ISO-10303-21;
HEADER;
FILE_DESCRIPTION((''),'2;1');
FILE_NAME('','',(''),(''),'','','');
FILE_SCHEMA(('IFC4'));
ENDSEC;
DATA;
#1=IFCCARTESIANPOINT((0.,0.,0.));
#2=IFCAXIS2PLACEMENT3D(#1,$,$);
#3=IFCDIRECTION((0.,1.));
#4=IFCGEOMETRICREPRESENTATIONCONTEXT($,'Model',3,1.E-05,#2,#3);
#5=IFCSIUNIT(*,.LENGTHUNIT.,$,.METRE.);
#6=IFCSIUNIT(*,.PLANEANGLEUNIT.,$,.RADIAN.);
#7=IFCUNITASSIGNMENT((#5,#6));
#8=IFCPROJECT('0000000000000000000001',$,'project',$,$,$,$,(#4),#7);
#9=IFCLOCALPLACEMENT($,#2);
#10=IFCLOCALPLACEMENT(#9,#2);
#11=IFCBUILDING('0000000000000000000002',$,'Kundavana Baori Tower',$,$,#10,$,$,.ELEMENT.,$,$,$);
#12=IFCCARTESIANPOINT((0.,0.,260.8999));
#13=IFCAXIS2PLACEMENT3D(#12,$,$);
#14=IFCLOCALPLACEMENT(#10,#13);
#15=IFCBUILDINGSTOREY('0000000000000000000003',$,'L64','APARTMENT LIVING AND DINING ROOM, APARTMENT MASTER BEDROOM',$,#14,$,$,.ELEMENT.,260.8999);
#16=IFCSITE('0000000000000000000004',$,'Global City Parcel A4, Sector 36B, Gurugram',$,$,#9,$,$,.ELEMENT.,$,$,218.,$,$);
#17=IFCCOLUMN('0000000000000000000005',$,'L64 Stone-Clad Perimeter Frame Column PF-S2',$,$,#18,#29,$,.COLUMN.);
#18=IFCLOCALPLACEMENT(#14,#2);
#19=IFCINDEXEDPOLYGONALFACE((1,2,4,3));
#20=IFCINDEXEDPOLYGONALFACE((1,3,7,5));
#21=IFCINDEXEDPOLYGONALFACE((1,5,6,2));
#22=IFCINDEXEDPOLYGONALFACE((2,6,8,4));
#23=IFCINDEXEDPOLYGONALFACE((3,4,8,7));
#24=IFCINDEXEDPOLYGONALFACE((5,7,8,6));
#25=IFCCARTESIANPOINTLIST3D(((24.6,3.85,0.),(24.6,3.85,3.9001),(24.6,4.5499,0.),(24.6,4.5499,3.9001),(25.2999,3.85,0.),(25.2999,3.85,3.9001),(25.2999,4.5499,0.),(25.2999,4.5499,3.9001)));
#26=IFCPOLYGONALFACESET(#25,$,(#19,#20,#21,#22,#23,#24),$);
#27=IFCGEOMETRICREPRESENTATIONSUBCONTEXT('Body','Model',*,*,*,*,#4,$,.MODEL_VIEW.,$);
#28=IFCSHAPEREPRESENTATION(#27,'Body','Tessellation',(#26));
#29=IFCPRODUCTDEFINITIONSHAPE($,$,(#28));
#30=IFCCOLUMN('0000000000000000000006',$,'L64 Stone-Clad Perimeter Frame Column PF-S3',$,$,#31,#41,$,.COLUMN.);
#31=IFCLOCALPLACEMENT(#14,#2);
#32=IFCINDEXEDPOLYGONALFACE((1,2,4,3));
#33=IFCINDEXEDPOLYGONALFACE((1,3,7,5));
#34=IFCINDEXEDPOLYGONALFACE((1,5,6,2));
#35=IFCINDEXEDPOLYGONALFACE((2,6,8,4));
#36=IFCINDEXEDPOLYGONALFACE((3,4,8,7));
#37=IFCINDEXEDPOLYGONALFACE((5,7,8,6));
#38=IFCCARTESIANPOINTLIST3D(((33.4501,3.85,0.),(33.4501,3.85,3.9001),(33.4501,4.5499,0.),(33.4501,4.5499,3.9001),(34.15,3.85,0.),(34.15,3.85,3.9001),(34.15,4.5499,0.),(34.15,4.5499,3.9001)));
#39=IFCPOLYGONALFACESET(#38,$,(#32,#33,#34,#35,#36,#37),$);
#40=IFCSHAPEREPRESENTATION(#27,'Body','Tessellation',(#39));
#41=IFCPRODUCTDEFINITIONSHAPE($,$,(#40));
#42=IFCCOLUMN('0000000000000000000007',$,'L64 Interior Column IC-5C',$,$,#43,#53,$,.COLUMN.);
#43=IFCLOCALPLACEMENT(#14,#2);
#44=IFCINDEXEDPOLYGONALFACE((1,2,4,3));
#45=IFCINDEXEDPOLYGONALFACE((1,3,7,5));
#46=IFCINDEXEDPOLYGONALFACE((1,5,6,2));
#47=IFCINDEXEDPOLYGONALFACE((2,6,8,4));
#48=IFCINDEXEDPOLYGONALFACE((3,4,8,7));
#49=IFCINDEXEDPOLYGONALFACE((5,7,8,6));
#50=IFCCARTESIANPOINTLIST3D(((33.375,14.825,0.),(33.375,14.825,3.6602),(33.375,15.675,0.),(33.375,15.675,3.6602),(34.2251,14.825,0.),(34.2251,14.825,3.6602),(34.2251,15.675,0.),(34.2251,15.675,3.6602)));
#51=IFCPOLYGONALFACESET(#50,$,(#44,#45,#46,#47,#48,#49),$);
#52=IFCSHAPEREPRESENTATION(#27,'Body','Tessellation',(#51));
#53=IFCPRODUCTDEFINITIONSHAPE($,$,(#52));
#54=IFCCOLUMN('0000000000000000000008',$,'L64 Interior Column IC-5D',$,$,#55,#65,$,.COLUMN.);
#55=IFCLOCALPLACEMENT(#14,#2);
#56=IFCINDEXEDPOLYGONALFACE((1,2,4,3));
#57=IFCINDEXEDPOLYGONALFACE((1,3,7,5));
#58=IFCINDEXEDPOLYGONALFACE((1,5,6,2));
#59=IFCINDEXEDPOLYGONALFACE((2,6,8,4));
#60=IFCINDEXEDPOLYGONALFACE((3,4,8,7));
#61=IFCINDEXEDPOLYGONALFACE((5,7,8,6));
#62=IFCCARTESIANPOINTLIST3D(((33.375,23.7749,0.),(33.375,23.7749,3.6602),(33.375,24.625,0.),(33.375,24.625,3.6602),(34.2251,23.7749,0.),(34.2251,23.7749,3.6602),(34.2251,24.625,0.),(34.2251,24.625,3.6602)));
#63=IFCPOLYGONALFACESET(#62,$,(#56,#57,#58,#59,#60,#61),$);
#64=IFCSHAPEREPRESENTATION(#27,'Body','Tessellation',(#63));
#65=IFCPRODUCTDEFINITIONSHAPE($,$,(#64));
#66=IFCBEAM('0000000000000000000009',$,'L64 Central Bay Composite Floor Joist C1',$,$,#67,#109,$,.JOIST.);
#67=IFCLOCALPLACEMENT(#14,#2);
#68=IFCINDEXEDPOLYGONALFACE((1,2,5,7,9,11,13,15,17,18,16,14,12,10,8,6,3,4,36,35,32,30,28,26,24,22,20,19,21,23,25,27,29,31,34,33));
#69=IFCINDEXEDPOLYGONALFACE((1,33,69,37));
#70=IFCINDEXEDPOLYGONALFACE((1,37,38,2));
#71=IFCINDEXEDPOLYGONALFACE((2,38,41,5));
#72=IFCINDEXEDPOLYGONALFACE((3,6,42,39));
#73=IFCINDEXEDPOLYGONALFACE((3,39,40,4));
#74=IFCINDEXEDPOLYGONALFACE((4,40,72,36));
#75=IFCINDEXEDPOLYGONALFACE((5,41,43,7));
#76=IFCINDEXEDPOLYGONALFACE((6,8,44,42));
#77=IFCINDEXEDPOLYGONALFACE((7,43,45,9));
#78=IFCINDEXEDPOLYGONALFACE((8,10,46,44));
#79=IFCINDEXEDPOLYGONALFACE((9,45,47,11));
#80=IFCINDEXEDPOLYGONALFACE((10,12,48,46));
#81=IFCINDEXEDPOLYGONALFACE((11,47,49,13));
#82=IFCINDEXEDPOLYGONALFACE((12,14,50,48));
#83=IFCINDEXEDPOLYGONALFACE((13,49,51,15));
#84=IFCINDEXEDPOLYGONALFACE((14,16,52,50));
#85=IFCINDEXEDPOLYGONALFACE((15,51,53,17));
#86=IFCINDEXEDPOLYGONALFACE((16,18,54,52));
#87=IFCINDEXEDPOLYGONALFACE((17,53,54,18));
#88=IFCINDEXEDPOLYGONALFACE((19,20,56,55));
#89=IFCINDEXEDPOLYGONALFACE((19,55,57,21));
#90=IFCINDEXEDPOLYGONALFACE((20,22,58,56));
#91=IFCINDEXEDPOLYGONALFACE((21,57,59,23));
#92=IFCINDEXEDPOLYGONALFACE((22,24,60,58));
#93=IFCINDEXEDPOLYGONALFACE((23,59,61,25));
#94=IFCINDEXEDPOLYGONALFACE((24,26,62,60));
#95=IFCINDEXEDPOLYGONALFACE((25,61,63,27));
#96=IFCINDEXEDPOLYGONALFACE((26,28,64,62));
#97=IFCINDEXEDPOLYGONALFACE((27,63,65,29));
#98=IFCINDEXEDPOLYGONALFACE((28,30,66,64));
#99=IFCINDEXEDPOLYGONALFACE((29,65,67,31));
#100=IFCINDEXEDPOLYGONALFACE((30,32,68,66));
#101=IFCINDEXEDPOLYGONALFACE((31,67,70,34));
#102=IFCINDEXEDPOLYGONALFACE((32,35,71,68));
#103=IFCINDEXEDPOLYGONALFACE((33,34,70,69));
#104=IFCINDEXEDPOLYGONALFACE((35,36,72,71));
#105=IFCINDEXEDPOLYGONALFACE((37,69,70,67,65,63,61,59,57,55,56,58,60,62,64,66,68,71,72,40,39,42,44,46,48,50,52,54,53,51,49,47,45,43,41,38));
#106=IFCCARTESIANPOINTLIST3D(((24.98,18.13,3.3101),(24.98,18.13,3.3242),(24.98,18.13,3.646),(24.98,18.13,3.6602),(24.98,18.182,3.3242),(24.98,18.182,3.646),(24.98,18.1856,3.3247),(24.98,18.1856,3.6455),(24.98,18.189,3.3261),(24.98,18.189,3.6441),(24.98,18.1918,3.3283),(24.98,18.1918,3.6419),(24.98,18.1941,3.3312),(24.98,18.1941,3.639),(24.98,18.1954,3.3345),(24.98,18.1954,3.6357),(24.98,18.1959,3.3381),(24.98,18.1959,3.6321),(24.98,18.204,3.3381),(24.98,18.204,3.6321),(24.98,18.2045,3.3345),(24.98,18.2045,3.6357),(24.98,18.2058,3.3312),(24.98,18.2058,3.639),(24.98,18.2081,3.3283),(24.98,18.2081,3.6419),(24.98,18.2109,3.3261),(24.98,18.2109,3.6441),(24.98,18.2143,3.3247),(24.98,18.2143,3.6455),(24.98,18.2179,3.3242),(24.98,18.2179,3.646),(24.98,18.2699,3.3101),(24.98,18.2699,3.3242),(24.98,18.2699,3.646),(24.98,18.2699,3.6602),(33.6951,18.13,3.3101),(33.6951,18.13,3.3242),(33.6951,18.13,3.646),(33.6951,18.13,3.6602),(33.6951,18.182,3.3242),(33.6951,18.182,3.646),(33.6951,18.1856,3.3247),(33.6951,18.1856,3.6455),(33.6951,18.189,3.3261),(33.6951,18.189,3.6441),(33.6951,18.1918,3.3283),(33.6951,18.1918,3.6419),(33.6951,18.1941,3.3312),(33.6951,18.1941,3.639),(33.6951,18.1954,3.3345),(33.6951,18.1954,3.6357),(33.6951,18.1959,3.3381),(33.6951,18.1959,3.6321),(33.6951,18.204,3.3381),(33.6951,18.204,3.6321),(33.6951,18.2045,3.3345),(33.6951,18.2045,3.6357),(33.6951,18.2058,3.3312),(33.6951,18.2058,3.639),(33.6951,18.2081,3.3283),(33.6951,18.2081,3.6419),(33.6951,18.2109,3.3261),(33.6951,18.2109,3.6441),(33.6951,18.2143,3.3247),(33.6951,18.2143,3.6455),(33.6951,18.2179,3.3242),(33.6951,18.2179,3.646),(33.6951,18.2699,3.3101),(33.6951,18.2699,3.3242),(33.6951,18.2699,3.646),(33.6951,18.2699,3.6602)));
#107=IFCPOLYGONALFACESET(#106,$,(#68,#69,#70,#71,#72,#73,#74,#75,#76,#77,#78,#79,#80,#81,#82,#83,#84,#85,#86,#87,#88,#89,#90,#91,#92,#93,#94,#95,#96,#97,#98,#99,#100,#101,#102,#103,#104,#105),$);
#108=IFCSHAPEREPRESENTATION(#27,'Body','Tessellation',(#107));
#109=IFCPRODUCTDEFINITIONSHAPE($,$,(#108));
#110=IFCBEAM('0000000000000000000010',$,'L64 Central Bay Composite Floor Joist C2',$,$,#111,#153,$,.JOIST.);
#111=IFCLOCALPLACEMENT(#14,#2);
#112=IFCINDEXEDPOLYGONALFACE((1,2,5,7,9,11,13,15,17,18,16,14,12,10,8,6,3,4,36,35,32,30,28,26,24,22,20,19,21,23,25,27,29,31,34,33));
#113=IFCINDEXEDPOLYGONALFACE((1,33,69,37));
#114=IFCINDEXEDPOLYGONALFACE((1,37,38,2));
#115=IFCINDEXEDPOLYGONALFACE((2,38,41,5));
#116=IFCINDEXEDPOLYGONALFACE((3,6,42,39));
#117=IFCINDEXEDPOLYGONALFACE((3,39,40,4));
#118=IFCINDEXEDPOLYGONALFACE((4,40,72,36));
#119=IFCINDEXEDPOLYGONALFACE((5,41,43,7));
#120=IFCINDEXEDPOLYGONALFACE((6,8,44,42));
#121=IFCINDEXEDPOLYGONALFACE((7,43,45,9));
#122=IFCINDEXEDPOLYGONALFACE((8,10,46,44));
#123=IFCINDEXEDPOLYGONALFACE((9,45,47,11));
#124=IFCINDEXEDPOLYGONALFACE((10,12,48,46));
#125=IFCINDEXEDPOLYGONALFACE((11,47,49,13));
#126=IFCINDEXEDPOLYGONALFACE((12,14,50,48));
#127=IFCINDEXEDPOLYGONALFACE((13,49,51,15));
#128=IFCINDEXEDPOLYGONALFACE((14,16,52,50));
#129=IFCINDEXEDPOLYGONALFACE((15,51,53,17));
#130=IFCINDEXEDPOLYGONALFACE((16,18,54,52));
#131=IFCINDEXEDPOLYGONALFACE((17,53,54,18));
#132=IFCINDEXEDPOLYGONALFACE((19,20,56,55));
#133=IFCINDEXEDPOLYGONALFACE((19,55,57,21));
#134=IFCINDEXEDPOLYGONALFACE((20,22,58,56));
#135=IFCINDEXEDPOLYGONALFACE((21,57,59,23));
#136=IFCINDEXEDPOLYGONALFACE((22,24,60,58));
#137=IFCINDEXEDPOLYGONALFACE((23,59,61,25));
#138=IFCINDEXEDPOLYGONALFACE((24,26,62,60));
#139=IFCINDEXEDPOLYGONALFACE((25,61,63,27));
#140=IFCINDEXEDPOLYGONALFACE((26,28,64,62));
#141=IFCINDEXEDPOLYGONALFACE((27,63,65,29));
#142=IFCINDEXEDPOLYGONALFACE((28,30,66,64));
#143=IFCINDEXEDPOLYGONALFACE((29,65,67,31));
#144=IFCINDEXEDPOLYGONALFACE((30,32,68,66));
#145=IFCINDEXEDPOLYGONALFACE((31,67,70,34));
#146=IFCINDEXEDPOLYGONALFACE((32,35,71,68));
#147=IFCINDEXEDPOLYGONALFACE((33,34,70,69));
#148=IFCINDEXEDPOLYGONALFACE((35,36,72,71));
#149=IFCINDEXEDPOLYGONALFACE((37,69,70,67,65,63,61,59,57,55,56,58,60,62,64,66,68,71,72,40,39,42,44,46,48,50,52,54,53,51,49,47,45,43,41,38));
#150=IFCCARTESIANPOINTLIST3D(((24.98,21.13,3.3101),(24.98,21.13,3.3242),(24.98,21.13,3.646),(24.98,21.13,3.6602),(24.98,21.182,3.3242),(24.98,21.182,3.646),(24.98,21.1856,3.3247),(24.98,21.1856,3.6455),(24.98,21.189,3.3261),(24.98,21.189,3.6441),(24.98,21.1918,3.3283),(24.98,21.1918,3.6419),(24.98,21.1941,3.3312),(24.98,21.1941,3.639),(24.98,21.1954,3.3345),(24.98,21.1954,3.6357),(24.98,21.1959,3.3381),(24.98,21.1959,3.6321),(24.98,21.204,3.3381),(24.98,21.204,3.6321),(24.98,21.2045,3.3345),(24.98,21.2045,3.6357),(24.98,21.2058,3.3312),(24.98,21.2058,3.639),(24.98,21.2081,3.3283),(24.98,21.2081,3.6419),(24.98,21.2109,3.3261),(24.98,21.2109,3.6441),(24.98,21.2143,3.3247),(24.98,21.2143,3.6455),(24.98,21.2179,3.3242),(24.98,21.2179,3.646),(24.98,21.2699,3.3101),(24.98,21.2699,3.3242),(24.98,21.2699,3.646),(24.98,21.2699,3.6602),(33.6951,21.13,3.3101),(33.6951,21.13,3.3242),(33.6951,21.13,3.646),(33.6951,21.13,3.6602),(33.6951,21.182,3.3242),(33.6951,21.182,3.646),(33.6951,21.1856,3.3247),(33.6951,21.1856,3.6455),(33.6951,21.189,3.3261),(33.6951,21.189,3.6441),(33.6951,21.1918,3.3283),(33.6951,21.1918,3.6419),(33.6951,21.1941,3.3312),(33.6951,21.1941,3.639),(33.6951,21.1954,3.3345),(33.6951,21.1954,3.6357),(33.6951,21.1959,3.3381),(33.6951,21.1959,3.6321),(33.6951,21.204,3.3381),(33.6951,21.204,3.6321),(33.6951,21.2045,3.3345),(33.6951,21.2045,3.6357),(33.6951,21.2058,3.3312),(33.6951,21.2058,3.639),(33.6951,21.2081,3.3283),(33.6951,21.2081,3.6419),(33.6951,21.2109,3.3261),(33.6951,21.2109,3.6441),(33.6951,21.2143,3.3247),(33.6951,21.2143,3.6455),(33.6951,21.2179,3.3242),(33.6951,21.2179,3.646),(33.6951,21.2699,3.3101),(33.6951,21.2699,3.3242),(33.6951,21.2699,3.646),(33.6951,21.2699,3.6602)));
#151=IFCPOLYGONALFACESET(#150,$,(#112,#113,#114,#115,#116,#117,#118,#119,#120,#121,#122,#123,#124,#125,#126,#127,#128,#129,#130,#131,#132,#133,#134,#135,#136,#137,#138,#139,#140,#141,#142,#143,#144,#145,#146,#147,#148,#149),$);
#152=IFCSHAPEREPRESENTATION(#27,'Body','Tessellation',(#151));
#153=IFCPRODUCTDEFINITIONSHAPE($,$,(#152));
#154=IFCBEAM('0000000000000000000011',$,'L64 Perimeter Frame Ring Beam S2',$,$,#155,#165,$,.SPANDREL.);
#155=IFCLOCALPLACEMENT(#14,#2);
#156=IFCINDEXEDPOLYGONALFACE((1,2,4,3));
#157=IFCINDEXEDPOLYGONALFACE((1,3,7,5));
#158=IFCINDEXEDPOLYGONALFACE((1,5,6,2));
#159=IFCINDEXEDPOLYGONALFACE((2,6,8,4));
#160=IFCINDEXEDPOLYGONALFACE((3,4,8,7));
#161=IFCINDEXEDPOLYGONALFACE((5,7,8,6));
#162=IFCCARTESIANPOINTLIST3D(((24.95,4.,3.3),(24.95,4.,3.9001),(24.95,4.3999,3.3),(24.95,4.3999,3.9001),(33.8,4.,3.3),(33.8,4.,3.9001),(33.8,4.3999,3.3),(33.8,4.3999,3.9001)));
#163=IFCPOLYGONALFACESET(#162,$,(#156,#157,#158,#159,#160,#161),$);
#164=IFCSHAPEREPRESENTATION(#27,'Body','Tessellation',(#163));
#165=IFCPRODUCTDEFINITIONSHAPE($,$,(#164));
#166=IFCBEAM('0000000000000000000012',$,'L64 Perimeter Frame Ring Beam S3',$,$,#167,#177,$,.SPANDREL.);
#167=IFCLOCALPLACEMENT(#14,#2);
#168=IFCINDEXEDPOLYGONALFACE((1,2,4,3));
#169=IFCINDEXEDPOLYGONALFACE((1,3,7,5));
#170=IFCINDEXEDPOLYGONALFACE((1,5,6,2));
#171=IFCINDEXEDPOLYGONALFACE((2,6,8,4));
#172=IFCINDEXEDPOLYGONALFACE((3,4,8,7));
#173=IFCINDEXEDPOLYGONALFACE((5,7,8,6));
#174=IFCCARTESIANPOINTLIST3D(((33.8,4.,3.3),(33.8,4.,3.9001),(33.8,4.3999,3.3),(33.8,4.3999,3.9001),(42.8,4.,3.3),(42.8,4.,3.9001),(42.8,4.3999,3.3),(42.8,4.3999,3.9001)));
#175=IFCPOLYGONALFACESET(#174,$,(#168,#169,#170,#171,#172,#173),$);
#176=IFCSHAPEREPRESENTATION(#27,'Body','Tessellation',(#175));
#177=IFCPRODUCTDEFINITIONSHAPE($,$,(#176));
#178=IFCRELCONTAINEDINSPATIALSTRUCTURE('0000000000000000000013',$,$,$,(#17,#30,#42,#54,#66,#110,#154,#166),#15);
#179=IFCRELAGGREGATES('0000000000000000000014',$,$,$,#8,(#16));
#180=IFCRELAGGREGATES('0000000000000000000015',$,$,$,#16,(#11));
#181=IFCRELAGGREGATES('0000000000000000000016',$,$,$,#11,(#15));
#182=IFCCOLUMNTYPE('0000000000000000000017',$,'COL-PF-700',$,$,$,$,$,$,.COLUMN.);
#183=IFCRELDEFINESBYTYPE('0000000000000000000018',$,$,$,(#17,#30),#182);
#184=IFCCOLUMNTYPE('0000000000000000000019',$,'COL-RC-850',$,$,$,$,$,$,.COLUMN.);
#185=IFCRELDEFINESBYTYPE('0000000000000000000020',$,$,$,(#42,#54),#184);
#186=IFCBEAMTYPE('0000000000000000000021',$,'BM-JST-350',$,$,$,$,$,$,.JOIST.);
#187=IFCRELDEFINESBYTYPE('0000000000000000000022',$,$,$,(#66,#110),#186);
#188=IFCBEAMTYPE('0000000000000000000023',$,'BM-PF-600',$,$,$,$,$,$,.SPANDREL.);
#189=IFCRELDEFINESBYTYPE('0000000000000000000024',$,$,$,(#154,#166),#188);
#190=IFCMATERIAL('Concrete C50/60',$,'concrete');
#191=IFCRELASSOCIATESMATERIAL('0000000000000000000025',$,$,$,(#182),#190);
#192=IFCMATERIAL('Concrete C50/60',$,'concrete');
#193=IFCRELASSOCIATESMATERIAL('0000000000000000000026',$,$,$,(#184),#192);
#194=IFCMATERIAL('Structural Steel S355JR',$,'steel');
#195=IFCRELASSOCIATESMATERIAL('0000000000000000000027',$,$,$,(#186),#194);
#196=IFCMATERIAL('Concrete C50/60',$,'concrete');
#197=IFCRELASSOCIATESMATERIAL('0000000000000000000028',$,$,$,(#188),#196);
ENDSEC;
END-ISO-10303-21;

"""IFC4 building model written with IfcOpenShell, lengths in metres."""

from ifc_helpers import new_model, si_unit, direction, frame, origin, origin_2d, place, context, subcontext, project, spatial, rectangle, i_section, extrude, material, material_profile, profile_set, type_object, element, save


model = new_model("IFC4")

# Units and contexts
model_context = context("Model", 3, precision=1e-05, world=origin(), true_north=direction((0.0, 1.0)))
body_context = subcontext(model_context, "Body", "Model", "MODEL_VIEW")
ifc_project = project(units=[si_unit("LENGTHUNIT", "METRE"), si_unit("PLANEANGLEUNIT", "RADIAN")], contexts=[model_context])

# Site, building, storey
site_placement = place(None, origin())
site = spatial("IfcSite", under=ifc_project, at=site_placement, Name="Global City Parcel A4, Sector 36B, Gurugram", CompositionType="ELEMENT", RefElevation=218.0)
building_placement = place(site_placement, origin())
building = spatial("IfcBuilding", under=site, at=building_placement, Name="Kundavana Baori Tower", CompositionType="ELEMENT")
storey_placement = place(building_placement, frame((0.0, 0.0, 260.8999)))
storey = spatial("IfcBuildingStorey", under=building, at=storey_placement, Name="L64", Description="APARTMENT LIVING AND DINING ROOM, APARTMENT MASTER BEDROOM", CompositionType="ELEMENT", Elevation=260.8999)

# Columns
ifc_material_1 = material(Name="Concrete C50/60", Category="concrete")
ifc_material_profile_1 = material_profile(ifc_material_1, rectangle(XDim=0.7, YDim=0.7, at=origin_2d()), Name="RC PF 700x700")
ifc_profile_set_1 = profile_set([ifc_material_profile_1], Name="Concrete C50/60")
column_type_1 = type_object("IfcColumnType", Name="COL-PF-700", PredefinedType="COLUMN", material=ifc_profile_set_1)
for number, where, z_axis, x_axis, name in (
    (1, (24.95, 4.2, 0.0), (0.0, 0.0, 1.0), (1.0, 0.0, 0.0), "L64 Stone-Clad Perimeter Frame Column PF-S2"),
    (2, (33.8, 4.2, 0.0), (0.0, 0.0, 1.0), (1.0, 0.0, 0.0), "L64 Stone-Clad Perimeter Frame Column PF-S3"),
):
    element("IfcColumn", number, at=place(storey_placement, frame(where, z_axis=z_axis, x_axis=x_axis)), inside=storey, type_object=column_type_1, Name=name, PredefinedType="COLUMN", context=body_context, shape_type="SweptSolid", body=[
        extrude(rectangle(XDim=0.7, YDim=0.7, at=origin_2d()), origin(), (0.0, 0.0, 1.0), 3.9001),
    ])
ifc_material_2 = material(Name="Concrete C50/60", Category="concrete")
ifc_material_profile_2 = material_profile(ifc_material_2, rectangle(XDim=0.8501, YDim=0.8501, at=origin_2d()), Name="RC 850x850")
ifc_profile_set_2 = profile_set([ifc_material_profile_2], Name="Concrete C50/60")
column_type_2 = type_object("IfcColumnType", Name="COL-RC-850", PredefinedType="COLUMN", material=ifc_profile_set_2)
for number, where, z_axis, x_axis, name in (
    (3, (33.8, 15.25, 0.0), (0.0, 0.0, 1.0), (1.0, 0.0, 0.0), "L64 Interior Column IC-5C"),
    (4, (33.8, 24.2, 0.0), (0.0, 0.0, 1.0), (1.0, 0.0, 0.0), "L64 Interior Column IC-5D"),
):
    element("IfcColumn", number, at=place(storey_placement, frame(where, z_axis=z_axis, x_axis=x_axis)), inside=storey, type_object=column_type_2, Name=name, PredefinedType="COLUMN", context=body_context, shape_type="SweptSolid", body=[
        extrude(rectangle(XDim=0.8501, YDim=0.8501, at=origin_2d()), origin(), (0.0, 0.0, 1.0), 3.6602),
    ])

# Beams
ifc_material_3 = material(Name="Structural Steel S355JR", Category="steel")
ifc_material_profile_3 = material_profile(ifc_material_3, i_section(OverallWidth=0.1399, OverallDepth=0.3501, WebThickness=0.0081, FlangeThickness=0.0142, FilletRadius=0.0139, at=origin_2d()), Name="ISMB 350")
ifc_profile_set_3 = profile_set([ifc_material_profile_3], Name="Structural Steel S355JR")
beam_type_1 = type_object("IfcBeamType", Name="BM-JST-350", PredefinedType="JOIST", material=ifc_profile_set_3)
for number, where, z_axis, x_axis, name in (
    (5, (24.98, 18.2, 3.4851), (1.0, 0.0, 0.0), (0.0, 1.0, 0.0), "L64 Central Bay Composite Floor Joist C1"),
    (6, (24.98, 21.2, 3.4851), (1.0, 0.0, 0.0), (0.0, 1.0, 0.0), "L64 Central Bay Composite Floor Joist C2"),
):
    element("IfcBeam", number, at=place(storey_placement, frame(where, z_axis=z_axis, x_axis=x_axis)), inside=storey, type_object=beam_type_1, Name=name, PredefinedType="JOIST", context=body_context, shape_type="SweptSolid", body=[
        extrude(i_section(OverallWidth=0.1399, OverallDepth=0.3501, WebThickness=0.0081, FlangeThickness=0.0142, FilletRadius=0.0139, at=origin_2d()), origin(), (0.0, 0.0, 1.0), 8.7151),
    ])
ifc_material_4 = material(Name="Concrete C50/60", Category="concrete")
ifc_material_profile_4 = material_profile(ifc_material_4, rectangle(XDim=0.3999, YDim=0.6001, at=origin_2d()), Name="RC BM 400x600")
ifc_profile_set_4 = profile_set([ifc_material_profile_4], Name="Concrete C50/60")
beam_type_2 = type_object("IfcBeamType", Name="BM-PF-600", PredefinedType="SPANDREL", material=ifc_profile_set_4)
beam_1_placement = place(storey_placement, frame((24.95, 4.2, 3.6001), z_axis=(1.0, 0.0, 0.0), x_axis=(0.0, 1.0, 0.0)))
element("IfcBeam", 7, at=beam_1_placement, inside=storey, type_object=beam_type_2, Name="L64 Perimeter Frame Ring Beam S2", PredefinedType="SPANDREL", context=body_context, shape_type="SweptSolid", body=[
    extrude(rectangle(XDim=0.3999, YDim=0.6001, at=origin_2d()), origin(), (0.0, 0.0, 1.0), 8.8501),
])
beam_2_placement = place(storey_placement, frame((33.8, 4.2, 3.6001), z_axis=(1.0, 0.0, 0.0), x_axis=(0.0, 1.0, 0.0)))
element("IfcBeam", 8, at=beam_2_placement, inside=storey, type_object=beam_type_2, Name="L64 Perimeter Frame Ring Beam S3", PredefinedType="SPANDREL", context=body_context, shape_type="SweptSolid", body=[
    extrude(rectangle(XDim=0.3999, YDim=0.6001, at=origin_2d()), origin(), (0.0, 0.0, 1.0), 9.0),
])

save(model, "model.ifc")
